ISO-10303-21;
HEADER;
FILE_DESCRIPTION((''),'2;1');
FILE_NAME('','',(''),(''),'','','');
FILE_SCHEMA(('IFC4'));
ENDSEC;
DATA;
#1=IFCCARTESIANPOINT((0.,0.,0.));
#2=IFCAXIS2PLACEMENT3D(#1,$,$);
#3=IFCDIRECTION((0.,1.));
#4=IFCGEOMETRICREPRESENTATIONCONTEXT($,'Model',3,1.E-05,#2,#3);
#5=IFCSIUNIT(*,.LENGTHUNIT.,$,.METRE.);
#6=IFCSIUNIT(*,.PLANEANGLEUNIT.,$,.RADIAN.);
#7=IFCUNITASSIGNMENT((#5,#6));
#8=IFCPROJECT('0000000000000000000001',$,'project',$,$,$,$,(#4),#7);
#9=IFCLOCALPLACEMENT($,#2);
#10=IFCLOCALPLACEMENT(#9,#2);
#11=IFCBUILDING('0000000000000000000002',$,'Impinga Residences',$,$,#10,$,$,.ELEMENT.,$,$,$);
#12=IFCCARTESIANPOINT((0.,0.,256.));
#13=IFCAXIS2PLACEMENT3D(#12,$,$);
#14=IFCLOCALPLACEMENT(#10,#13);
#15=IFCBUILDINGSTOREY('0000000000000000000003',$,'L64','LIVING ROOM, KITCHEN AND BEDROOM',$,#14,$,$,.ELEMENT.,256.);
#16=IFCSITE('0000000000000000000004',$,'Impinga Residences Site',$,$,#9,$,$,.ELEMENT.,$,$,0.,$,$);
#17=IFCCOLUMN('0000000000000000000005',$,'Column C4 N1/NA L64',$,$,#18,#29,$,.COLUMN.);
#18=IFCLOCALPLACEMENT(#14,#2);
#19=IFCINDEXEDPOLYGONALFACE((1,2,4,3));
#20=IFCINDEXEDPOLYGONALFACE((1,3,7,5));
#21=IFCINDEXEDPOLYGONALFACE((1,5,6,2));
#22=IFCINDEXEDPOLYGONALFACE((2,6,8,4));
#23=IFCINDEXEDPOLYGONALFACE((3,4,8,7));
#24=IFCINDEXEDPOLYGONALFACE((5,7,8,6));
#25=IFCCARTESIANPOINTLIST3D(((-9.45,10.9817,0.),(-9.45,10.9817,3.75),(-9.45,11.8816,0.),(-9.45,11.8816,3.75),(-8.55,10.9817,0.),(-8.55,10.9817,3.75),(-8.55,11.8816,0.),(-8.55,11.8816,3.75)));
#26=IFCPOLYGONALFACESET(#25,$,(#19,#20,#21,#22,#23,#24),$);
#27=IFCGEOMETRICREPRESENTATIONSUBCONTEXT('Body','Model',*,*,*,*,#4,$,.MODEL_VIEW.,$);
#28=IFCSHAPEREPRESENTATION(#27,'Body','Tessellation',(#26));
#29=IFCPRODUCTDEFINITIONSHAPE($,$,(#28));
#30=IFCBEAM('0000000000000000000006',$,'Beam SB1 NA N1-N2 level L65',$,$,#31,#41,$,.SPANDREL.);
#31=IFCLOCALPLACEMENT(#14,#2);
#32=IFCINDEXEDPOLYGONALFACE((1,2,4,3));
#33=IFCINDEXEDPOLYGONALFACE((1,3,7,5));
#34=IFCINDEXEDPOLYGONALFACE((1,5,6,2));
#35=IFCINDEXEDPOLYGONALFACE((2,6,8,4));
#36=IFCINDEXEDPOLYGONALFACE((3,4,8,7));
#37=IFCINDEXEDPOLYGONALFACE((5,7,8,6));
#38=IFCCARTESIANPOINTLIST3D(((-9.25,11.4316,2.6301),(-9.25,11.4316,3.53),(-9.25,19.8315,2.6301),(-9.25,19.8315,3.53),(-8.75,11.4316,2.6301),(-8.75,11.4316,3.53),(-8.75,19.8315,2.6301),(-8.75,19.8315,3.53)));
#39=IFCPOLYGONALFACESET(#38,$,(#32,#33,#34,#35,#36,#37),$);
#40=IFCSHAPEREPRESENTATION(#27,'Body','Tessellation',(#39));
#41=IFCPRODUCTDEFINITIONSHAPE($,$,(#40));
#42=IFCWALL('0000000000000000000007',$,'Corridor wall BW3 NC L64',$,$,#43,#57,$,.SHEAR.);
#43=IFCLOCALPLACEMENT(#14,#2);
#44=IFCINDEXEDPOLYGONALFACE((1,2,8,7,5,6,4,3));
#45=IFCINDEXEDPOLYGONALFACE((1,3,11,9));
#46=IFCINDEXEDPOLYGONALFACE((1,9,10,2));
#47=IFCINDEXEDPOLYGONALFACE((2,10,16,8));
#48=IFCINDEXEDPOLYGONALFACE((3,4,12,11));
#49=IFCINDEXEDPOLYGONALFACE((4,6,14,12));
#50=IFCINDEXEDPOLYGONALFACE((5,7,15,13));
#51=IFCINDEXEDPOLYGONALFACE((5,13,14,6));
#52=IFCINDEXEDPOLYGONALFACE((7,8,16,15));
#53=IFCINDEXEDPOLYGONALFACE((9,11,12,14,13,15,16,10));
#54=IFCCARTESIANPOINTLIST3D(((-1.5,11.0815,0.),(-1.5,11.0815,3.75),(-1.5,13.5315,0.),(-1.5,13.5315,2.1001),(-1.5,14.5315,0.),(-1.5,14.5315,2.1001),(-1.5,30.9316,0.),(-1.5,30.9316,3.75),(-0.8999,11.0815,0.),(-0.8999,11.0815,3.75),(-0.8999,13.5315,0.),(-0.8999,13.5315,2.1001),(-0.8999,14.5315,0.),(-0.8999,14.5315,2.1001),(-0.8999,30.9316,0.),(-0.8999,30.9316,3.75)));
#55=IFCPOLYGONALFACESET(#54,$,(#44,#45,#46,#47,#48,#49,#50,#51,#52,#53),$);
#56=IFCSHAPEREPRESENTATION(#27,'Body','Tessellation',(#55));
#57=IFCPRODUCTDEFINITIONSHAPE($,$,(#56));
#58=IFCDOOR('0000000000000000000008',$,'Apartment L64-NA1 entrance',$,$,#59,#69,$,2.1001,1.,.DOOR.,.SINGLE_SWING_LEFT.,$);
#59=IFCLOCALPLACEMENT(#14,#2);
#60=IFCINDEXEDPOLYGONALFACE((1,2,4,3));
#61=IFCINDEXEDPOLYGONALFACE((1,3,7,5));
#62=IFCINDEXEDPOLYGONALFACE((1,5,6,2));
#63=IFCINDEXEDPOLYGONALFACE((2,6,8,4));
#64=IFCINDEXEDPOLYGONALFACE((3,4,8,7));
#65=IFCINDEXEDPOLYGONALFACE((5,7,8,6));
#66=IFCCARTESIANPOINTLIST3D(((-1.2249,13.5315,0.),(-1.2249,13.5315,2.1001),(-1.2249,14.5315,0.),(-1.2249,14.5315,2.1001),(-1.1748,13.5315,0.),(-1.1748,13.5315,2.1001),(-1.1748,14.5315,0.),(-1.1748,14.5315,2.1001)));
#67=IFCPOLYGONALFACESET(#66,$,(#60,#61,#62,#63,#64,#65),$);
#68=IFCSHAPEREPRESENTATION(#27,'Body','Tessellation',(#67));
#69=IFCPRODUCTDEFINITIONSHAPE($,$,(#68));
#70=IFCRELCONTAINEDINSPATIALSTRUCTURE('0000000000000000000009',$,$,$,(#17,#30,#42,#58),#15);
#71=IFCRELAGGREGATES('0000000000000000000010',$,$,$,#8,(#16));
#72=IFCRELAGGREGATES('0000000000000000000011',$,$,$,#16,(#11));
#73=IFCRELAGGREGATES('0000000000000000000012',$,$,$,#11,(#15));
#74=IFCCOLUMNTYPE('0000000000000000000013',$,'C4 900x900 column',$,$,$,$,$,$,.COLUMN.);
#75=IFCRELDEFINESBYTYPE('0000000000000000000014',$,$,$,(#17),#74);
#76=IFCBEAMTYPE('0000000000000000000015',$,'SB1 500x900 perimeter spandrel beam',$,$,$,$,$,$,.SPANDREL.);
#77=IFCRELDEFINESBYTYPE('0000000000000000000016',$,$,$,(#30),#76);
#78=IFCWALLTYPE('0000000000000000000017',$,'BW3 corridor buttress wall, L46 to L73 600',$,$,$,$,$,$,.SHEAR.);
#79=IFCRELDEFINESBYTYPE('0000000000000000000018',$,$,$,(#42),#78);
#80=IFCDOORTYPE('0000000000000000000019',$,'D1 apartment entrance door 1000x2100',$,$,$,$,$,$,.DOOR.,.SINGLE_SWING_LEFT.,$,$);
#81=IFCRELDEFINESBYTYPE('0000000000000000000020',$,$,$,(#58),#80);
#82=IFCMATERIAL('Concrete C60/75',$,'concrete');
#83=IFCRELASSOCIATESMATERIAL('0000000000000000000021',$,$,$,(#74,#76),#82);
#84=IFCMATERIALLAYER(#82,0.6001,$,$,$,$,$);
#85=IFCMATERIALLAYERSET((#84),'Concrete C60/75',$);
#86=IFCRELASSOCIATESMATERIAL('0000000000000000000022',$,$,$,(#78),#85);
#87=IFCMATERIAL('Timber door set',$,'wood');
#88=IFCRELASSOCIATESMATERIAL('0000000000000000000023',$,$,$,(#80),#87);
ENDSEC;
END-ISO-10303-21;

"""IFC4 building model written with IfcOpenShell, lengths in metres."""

from ifc_helpers import new_model, si_unit, direction, frame, frame_2d, origin, origin_2d, place, context, subcontext, project, spatial, rectangle, extrude, material, layer, layer_set, material_profile, profile_set, type_object, element, fill, save


model = new_model("IFC4")

# Units and contexts
model_context = context("Model", 3, precision=1e-05, world=origin(), true_north=direction((0.0, 1.0)))
body_context = subcontext(model_context, "Body", "Model", "MODEL_VIEW")
ifc_project = project(units=[si_unit("LENGTHUNIT", "METRE"), si_unit("PLANEANGLEUNIT", "RADIAN")], contexts=[model_context])

# Site, building, storey
site_placement = place(None, origin())
site = spatial("IfcSite", under=ifc_project, at=site_placement, Name="Impinga Residences Site", CompositionType="ELEMENT", RefElevation=0.0)
building_placement = place(site_placement, origin())
building = spatial("IfcBuilding", under=site, at=building_placement, Name="Impinga Residences", CompositionType="ELEMENT")
storey_placement = place(building_placement, frame((0.0, 0.0, 256.0)))
storey = spatial("IfcBuildingStorey", under=building, at=storey_placement, Name="L64", Description="LIVING ROOM, KITCHEN AND BEDROOM", CompositionType="ELEMENT", Elevation=256.0)

# Column
ifc_material_1 = material(Name="Concrete C60/75", Category="concrete")
ifc_material_profile_1 = material_profile(ifc_material_1, rectangle(XDim=0.8999, YDim=0.8999, at=origin_2d()), Name="RC 900x900")
ifc_profile_set_1 = profile_set([ifc_material_profile_1], Name="Concrete C60/75")
column_type = type_object("IfcColumnType", Name="C4 900x900 column", PredefinedType="COLUMN", material=ifc_profile_set_1)
column_placement = place(storey_placement, frame((-9.0, 11.4316, 0.0), z_axis=(0.0, 0.0, 1.0), x_axis=(1.0, 0.0, 0.0)))
element("IfcColumn", 1, at=column_placement, inside=storey, type_object=column_type, Name="Column C4 N1/NA L64", PredefinedType="COLUMN", context=body_context, shape_type="SweptSolid", body=[
    extrude(rectangle(XDim=0.8999, YDim=0.8999, at=origin_2d()), origin(), (0.0, 0.0, 1.0), 3.75),
])

# Beam
ifc_material_profile_2 = material_profile(ifc_material_1, rectangle(XDim=0.5, YDim=0.8999, at=origin_2d()), Name="RC 500x900")
ifc_profile_set_2 = profile_set([ifc_material_profile_2], Name="Concrete C60/75")
beam_type = type_object("IfcBeamType", Name="SB1 500x900 perimeter spandrel beam", PredefinedType="SPANDREL", material=ifc_profile_set_2)
beam_placement = place(storey_placement, frame((-9.0, 11.4316, 3.0801), z_axis=(0.0, 1.0, 0.0), x_axis=(-1.0, 0.0, 0.0)))
element("IfcBeam", 2, at=beam_placement, inside=storey, type_object=beam_type, Name="Beam SB1 NA N1-N2 level L65", PredefinedType="SPANDREL", context=body_context, shape_type="SweptSolid", body=[
    extrude(rectangle(XDim=0.5, YDim=0.8999, at=origin_2d()), origin(), (0.0, 0.0, 1.0), 8.3999),
])

# Wall, opening, door
ifc_layer_1 = layer(ifc_material_1, 0.6001)
ifc_layer_set_1 = layer_set([ifc_layer_1], Name="Concrete C60/75")
wall_type_1 = type_object("IfcWallType", Name="BW3 corridor buttress wall, L46 to L73 600", PredefinedType="SHEAR", material=ifc_layer_set_1)
wall_1_placement = place(storey_placement, frame((-1.2, 11.0815, 0.0), z_axis=(0.0, 0.0, 1.0), x_axis=(0.0, 1.0, 0.0)))
wall_1 = element("IfcWall", 3, at=wall_1_placement, inside=storey, type_object=wall_type_1, Name="Corridor wall BW3 NC L64", PredefinedType="SHEAR", context=body_context, shape_type="SweptSolid", body=[
    extrude(rectangle(XDim=19.8501, YDim=0.6001, at=frame_2d((9.925, 0.0))), origin(), (0.0, 0.0, 1.0), 3.75),
])
opening_1_placement = place(wall_1_placement, frame((2.45, 0.0, 0.0)))
opening_1 = element("IfcOpeningElement", 4, at=opening_1_placement, cuts=wall_1, PredefinedType="OPENING", context=body_context, shape_type="SweptSolid", body=[
    extrude(rectangle(XDim=1.0, YDim=2.1001, at=frame_2d((0.5, 1.05))), frame((0.0, 0.3101, 0.0), z_axis=(0.0, -1.0, 0.0), x_axis=(1.0, 0.0, 0.0)), (0.0, 0.0, 1.0), 0.6201),
])
ifc_material_2 = material(Name="Timber door set", Category="wood")
door_type_1 = type_object("IfcDoorType", Name="D1 apartment entrance door 1000x2100", OperationType="SINGLE_SWING_LEFT", PredefinedType="DOOR", material=ifc_material_2)
door_1_placement = place(opening_1_placement, origin())
door_1 = element("IfcDoor", 5, at=door_1_placement, inside=storey, type_object=door_type_1, Name="Apartment L64-NA1 entrance", OperationType="SINGLE_SWING_LEFT", OverallHeight=2.1001, OverallWidth=1.0, PredefinedType="DOOR", context=body_context, shape_type="SweptSolid", body=[
    extrude(rectangle(XDim=1.0, YDim=2.1001, at=frame_2d((0.5, 1.05))), frame((0.0, 0.0249, 0.0), z_axis=(0.0, -1.0, 0.0), x_axis=(1.0, 0.0, 0.0)), (0.0, 0.0, 1.0), 0.05),
])
fill(opening_1, door_1)

save(model, "model.ifc")
